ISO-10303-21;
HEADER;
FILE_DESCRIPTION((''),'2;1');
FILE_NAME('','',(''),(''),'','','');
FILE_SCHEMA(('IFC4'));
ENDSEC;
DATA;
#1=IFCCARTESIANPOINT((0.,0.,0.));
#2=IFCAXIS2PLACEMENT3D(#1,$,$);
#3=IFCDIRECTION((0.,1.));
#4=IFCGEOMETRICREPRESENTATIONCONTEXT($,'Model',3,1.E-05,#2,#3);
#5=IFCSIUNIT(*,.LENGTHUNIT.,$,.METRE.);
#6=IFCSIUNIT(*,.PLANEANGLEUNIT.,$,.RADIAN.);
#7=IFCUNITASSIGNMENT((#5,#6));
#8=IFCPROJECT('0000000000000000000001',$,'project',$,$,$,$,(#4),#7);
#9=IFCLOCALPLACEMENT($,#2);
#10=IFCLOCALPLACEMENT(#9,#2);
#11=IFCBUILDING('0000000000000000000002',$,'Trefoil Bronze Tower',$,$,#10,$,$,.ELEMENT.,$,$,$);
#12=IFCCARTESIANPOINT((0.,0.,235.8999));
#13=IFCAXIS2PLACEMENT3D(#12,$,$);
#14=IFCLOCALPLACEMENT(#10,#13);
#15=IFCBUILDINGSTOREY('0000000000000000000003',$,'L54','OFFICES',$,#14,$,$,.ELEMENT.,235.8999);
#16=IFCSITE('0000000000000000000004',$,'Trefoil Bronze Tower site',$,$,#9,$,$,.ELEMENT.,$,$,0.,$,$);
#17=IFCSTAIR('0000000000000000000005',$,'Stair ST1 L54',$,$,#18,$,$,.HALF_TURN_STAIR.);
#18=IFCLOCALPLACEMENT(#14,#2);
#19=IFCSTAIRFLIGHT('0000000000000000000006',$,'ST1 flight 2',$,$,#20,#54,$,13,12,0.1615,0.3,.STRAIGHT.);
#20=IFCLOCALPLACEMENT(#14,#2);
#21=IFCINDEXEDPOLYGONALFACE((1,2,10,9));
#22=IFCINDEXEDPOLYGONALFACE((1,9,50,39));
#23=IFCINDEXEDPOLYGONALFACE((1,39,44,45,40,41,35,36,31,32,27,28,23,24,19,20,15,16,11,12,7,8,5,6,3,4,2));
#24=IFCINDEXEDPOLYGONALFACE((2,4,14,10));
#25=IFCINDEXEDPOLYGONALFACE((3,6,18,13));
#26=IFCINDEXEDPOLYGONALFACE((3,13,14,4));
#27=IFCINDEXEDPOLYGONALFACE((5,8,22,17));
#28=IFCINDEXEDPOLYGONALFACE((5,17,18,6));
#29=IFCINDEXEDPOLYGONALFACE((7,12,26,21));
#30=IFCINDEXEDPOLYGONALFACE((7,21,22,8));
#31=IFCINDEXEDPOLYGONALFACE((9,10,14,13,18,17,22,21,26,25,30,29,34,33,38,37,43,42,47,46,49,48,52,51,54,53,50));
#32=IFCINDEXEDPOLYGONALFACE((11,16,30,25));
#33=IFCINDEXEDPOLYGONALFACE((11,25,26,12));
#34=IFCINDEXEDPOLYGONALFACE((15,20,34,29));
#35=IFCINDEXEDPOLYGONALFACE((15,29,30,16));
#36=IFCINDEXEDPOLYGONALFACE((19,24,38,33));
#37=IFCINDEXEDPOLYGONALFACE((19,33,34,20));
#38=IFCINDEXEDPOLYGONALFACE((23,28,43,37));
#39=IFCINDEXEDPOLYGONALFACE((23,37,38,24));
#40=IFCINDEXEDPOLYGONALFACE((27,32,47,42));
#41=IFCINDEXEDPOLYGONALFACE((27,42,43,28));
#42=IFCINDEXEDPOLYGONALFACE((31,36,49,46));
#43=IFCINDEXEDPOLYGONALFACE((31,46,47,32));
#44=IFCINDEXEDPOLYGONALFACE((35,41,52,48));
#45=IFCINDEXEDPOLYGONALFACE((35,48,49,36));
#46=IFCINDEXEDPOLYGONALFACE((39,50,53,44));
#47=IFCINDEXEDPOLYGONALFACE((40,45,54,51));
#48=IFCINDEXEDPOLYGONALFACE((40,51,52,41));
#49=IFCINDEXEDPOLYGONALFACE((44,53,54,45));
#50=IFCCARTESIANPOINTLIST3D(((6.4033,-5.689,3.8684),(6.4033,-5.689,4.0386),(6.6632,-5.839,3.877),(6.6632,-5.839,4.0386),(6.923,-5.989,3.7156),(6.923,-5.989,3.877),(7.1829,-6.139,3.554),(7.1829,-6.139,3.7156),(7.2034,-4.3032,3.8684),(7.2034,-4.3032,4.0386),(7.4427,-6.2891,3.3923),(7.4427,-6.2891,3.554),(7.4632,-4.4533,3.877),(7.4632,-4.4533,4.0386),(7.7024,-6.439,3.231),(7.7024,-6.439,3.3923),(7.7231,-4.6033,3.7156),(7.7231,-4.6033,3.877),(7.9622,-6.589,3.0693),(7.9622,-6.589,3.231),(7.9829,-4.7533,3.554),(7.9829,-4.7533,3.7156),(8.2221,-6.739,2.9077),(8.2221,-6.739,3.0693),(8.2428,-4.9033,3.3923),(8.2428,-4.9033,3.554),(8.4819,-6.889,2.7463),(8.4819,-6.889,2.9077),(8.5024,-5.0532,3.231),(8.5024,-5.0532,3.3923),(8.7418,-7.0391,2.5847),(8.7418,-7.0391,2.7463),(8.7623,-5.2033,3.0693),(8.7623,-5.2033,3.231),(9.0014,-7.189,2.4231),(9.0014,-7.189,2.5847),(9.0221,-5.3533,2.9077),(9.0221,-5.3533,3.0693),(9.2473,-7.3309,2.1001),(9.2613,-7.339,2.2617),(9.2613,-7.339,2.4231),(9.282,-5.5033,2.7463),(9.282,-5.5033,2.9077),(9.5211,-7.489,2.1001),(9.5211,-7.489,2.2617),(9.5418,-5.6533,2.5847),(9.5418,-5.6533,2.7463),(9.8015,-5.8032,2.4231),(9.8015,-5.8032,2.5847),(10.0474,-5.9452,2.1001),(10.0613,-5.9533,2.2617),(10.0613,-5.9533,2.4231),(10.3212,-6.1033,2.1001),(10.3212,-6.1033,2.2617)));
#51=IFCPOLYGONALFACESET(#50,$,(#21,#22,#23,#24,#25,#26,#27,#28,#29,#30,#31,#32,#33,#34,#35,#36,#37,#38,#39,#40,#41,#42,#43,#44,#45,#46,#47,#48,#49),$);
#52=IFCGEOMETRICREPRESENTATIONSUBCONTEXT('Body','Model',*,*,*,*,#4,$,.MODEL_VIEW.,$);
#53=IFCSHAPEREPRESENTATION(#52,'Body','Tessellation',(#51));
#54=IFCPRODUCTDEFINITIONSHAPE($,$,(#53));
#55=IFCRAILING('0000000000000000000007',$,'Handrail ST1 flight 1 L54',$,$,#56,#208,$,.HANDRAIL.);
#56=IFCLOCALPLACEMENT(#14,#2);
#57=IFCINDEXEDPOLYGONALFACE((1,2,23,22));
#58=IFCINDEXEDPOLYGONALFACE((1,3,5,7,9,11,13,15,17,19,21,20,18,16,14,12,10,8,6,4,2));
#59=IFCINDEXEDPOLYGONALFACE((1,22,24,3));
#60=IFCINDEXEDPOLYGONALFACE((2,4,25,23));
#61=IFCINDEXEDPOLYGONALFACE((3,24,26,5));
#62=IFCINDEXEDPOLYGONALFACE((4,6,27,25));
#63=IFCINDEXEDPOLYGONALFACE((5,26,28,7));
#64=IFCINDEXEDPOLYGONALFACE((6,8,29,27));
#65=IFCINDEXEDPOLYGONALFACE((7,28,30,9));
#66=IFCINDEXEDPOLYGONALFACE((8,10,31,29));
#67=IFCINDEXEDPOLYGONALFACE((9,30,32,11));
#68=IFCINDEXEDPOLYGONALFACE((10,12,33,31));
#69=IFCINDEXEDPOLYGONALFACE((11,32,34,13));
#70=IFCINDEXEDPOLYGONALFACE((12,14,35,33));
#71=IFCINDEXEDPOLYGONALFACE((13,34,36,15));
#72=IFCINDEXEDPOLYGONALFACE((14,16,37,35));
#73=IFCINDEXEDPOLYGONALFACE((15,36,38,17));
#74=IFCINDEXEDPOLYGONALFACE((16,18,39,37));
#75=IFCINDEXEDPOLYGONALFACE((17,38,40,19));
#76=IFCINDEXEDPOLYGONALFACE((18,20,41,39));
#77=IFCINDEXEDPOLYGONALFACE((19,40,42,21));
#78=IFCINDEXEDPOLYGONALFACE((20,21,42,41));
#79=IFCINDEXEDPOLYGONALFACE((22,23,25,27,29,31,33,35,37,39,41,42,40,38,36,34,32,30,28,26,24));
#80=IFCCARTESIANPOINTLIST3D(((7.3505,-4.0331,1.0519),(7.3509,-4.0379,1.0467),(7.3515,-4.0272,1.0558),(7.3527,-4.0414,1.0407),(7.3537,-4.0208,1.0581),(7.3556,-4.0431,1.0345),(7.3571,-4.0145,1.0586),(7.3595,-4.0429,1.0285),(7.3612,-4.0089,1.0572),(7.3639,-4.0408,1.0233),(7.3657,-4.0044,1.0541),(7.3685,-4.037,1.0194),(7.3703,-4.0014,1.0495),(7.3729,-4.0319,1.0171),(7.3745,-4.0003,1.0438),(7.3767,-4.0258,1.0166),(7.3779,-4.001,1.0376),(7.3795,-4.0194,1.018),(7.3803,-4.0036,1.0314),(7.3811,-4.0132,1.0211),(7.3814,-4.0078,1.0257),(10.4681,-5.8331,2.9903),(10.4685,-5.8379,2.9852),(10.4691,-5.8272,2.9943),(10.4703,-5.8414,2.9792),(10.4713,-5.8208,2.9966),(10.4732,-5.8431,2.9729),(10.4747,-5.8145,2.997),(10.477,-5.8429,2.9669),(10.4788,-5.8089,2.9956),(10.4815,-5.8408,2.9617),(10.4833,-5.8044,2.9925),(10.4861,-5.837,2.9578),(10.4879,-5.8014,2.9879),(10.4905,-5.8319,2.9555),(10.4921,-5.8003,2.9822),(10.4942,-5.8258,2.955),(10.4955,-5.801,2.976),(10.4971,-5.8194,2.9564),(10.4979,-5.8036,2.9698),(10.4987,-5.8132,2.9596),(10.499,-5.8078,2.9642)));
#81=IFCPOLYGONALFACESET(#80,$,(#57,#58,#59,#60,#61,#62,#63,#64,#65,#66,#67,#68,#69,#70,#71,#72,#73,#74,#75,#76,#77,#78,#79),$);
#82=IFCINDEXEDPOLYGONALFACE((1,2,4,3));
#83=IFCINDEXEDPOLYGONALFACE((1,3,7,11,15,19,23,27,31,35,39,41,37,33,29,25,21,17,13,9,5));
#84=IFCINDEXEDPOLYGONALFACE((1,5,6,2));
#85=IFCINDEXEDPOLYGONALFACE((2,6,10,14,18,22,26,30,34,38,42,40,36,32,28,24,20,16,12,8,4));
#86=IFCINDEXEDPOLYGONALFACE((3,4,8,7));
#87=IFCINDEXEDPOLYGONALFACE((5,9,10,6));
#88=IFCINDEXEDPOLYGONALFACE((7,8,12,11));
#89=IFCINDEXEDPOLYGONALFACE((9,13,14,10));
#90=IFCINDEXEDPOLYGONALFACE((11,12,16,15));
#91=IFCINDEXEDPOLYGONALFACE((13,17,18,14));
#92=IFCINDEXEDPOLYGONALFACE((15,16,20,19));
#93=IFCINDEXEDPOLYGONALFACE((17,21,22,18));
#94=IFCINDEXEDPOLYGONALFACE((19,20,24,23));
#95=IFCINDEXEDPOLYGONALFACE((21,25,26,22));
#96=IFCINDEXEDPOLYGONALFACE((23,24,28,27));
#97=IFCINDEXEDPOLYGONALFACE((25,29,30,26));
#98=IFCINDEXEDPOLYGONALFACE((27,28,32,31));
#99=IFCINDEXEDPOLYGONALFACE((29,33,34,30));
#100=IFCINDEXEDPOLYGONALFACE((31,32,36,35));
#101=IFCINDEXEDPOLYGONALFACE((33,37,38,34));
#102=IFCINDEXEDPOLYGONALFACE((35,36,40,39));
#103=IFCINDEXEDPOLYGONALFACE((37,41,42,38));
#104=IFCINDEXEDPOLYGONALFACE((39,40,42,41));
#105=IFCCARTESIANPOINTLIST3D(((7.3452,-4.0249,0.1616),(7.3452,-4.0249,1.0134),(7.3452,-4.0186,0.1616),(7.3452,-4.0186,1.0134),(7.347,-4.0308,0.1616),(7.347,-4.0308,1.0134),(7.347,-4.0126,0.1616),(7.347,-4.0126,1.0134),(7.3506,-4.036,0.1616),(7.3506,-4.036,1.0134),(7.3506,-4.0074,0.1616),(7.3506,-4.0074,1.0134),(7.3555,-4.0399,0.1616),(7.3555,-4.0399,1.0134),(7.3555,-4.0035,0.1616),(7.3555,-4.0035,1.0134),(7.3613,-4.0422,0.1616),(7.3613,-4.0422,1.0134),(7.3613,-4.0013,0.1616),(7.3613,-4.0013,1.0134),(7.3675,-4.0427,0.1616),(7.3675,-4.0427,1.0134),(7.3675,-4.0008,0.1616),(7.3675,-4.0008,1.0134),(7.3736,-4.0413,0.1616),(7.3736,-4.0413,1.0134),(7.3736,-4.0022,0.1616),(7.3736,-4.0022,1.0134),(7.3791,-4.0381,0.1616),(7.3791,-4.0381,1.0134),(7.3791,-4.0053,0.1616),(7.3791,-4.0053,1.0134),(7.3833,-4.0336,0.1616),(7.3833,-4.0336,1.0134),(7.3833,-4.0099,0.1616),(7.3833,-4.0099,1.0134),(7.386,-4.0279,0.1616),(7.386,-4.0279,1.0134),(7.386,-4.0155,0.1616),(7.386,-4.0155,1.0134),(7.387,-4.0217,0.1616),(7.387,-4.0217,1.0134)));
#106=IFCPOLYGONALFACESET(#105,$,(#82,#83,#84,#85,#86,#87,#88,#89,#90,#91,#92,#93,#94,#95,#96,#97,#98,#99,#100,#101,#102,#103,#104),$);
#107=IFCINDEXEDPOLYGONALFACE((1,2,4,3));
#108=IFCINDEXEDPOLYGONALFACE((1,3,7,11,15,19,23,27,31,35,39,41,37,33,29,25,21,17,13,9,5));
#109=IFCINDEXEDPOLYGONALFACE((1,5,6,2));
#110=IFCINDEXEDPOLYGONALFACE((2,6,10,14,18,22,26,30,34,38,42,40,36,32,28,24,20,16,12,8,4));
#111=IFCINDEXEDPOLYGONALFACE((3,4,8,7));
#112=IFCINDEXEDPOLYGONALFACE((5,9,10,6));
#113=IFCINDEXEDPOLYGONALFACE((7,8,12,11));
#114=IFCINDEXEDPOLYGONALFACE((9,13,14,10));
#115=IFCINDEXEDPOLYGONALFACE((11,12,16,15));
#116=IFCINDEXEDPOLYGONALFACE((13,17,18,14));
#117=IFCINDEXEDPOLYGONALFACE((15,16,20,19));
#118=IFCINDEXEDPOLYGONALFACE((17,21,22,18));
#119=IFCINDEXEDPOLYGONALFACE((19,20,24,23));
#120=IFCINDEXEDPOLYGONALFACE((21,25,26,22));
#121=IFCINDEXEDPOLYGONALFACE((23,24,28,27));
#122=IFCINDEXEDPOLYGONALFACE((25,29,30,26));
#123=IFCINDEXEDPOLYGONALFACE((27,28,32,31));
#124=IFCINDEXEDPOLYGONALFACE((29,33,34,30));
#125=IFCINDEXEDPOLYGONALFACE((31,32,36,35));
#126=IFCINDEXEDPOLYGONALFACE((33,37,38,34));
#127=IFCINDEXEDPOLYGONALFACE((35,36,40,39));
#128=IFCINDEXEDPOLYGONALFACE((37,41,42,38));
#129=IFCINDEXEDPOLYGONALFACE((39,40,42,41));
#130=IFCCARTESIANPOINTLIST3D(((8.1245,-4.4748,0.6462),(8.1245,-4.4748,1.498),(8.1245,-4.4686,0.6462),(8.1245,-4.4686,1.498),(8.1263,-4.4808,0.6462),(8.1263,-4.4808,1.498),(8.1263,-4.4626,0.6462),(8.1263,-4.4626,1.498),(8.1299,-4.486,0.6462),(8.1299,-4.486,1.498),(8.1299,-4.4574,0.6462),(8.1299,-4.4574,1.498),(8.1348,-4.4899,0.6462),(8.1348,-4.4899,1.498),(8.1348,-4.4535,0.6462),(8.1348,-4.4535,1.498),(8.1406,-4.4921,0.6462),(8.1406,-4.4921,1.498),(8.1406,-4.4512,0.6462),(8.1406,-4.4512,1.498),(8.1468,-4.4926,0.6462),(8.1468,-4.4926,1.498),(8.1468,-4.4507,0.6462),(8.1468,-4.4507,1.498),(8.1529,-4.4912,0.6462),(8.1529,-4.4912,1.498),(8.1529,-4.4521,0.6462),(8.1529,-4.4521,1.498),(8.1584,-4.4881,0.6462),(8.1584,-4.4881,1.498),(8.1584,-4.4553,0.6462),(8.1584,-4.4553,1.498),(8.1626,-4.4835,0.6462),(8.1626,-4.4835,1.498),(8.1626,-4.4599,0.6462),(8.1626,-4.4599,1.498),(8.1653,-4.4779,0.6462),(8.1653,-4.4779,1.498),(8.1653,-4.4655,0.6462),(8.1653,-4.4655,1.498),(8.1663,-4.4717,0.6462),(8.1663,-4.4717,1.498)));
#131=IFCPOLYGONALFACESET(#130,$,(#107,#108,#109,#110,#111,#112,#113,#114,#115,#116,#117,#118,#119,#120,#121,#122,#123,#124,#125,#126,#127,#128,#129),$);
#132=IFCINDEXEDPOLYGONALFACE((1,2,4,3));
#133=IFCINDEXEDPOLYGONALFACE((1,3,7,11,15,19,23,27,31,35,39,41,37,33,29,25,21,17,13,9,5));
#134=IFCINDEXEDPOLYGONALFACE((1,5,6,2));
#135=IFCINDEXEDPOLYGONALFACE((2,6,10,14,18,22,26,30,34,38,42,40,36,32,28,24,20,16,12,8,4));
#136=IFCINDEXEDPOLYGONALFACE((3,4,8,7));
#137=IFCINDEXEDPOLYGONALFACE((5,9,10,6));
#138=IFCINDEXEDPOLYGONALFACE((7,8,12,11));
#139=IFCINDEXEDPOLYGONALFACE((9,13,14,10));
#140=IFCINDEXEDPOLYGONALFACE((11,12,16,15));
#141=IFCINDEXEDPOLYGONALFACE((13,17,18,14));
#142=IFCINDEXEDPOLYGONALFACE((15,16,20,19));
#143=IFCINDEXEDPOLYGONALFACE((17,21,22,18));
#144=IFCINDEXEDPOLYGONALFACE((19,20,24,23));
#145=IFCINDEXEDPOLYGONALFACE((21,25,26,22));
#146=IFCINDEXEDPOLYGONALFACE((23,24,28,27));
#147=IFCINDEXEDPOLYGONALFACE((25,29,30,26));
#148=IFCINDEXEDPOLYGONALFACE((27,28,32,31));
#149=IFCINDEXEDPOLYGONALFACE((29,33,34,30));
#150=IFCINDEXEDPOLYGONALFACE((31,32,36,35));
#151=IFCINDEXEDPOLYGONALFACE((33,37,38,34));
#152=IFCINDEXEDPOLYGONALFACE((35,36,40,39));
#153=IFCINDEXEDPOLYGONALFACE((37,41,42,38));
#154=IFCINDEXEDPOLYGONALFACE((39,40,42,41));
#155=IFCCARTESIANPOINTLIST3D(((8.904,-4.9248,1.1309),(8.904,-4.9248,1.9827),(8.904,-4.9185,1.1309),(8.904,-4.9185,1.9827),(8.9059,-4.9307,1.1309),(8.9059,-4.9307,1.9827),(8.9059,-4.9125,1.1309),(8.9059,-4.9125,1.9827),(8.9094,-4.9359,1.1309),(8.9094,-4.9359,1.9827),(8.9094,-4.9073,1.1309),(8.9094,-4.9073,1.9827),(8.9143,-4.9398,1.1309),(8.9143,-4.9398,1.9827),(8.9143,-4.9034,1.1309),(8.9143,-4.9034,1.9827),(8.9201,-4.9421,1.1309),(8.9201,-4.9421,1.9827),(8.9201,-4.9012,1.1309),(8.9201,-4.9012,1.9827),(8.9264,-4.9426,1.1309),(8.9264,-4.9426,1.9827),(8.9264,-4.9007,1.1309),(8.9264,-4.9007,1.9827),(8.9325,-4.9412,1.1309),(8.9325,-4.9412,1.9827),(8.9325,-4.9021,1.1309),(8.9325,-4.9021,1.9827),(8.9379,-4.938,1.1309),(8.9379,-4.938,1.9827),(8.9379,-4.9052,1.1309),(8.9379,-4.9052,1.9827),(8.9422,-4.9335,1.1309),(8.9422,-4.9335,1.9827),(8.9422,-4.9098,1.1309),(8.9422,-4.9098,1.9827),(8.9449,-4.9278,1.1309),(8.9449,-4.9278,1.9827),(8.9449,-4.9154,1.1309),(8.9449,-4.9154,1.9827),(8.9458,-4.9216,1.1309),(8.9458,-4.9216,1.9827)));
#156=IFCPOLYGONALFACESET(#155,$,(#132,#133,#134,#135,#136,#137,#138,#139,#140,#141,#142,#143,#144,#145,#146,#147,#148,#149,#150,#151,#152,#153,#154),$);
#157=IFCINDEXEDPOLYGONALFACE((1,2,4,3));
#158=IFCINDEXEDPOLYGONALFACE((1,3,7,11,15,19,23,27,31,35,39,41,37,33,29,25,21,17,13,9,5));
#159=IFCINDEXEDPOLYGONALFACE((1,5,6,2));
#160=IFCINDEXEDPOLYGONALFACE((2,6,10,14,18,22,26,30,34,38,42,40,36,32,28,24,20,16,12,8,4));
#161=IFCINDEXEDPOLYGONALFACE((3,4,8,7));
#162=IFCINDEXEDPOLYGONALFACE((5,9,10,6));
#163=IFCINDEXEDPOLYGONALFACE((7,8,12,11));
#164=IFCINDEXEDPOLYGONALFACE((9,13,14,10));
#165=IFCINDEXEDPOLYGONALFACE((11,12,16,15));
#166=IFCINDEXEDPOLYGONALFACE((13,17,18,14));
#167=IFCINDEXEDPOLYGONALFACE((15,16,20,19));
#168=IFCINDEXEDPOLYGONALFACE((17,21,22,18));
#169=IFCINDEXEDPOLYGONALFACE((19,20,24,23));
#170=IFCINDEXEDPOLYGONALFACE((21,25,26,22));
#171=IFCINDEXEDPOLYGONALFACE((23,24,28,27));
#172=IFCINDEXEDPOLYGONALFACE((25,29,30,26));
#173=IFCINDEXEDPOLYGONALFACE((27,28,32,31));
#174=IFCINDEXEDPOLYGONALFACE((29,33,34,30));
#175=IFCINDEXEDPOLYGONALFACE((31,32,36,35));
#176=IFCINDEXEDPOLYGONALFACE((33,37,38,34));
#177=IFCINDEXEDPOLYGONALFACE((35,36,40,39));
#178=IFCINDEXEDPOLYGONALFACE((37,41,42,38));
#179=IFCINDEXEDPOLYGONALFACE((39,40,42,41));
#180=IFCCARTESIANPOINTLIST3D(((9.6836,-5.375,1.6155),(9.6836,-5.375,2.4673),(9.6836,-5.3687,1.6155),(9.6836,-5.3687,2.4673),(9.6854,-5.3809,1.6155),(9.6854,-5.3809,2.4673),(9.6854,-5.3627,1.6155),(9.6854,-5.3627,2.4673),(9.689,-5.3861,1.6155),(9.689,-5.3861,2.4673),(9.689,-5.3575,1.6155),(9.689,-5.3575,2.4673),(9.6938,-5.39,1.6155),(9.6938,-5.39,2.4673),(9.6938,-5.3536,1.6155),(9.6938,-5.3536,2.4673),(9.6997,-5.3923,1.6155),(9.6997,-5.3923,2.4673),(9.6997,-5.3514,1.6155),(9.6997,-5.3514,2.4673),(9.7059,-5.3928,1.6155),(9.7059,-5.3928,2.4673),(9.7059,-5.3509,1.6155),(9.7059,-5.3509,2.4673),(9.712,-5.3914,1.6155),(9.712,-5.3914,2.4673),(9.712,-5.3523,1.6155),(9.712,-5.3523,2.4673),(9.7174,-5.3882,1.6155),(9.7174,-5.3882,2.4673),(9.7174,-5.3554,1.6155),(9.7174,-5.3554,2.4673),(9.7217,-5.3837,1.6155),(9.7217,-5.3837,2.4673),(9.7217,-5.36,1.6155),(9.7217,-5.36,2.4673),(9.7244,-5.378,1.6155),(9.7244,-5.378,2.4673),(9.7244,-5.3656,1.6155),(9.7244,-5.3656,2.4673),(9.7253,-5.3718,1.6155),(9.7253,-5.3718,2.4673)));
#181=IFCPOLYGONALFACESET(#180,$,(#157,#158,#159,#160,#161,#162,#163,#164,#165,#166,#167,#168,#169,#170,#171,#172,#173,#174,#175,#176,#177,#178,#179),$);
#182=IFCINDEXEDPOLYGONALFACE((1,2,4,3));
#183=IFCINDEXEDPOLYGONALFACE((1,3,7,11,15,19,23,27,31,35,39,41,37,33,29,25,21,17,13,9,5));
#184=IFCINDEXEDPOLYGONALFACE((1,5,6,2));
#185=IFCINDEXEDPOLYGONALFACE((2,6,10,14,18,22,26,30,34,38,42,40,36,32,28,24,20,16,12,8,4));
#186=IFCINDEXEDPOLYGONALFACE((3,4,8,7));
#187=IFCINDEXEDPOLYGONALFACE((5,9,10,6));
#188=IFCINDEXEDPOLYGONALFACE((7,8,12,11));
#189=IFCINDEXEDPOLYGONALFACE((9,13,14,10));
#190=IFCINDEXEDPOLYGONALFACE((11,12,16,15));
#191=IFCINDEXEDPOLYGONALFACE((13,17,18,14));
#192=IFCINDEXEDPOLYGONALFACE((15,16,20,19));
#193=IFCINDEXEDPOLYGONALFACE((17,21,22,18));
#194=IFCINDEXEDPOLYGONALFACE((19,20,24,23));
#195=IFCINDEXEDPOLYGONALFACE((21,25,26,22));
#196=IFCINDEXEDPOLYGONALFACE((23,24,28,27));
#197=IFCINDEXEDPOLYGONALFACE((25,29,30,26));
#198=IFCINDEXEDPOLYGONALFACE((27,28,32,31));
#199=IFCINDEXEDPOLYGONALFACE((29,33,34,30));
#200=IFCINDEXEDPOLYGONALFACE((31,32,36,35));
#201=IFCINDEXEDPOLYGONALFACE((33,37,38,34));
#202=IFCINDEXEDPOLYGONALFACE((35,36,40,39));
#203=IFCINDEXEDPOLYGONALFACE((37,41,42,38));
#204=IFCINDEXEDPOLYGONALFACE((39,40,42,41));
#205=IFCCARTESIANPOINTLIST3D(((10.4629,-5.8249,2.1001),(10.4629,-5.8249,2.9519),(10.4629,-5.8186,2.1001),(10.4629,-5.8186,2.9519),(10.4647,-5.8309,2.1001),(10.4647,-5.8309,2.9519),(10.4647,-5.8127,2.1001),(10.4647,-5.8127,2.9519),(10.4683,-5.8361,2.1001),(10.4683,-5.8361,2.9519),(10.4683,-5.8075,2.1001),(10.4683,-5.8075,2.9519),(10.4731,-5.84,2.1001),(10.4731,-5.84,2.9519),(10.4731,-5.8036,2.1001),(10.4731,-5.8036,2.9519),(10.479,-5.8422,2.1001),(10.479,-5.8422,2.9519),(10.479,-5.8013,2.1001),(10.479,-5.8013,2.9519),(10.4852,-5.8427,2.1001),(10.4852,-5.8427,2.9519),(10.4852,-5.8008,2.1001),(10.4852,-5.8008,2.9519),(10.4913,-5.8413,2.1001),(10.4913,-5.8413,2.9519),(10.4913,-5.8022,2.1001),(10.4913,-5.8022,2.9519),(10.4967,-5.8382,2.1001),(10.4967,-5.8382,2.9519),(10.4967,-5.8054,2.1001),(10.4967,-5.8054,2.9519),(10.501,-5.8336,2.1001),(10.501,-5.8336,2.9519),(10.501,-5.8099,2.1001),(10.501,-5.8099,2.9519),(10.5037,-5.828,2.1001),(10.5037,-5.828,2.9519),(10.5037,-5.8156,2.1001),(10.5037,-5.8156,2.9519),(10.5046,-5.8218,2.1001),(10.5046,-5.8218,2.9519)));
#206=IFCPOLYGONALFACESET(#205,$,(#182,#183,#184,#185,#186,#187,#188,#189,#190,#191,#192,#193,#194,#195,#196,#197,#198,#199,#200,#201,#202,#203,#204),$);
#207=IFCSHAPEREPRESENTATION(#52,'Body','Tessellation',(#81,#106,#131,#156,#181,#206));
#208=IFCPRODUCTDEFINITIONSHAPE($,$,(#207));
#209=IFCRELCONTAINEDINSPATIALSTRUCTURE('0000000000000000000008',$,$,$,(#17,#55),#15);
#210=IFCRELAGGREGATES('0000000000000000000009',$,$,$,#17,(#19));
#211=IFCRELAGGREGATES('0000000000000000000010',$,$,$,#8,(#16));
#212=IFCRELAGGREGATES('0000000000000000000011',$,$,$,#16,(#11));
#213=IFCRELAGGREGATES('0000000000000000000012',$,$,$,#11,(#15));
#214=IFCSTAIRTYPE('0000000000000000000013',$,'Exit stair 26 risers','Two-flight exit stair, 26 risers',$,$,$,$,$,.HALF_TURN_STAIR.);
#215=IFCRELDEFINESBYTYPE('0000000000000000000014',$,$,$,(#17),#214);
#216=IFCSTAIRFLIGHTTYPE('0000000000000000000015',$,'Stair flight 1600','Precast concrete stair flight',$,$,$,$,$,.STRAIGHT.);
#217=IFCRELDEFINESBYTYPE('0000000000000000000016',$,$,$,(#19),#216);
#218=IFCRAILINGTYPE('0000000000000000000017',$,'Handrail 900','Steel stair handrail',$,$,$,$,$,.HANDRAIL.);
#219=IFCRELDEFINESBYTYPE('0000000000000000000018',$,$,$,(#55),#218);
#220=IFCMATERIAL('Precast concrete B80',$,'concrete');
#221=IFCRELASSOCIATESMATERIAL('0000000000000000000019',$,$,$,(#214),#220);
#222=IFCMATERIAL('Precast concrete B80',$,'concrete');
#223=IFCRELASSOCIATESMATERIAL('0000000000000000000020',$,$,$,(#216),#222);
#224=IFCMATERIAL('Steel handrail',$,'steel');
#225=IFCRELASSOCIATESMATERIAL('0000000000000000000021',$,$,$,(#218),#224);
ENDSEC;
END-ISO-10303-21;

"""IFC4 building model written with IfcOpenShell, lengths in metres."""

from ifc_helpers import new_model, si_unit, direction, frame, origin, origin_2d, place, context, subcontext, project, spatial, polyline, circle, outline, extrude, material, type_object, element, aggregate, save


model = new_model("IFC4")

# Units and contexts
model_context = context("Model", 3, precision=1e-05, world=origin(), true_north=direction((0.0, 1.0)))
body_context = subcontext(model_context, "Body", "Model", "MODEL_VIEW")
ifc_project = project(units=[si_unit("LENGTHUNIT", "METRE"), si_unit("PLANEANGLEUNIT", "RADIAN")], contexts=[model_context])

# Site, building, storey
site_placement = place(None, origin())
site = spatial("IfcSite", under=ifc_project, at=site_placement, Name="Trefoil Bronze Tower site", CompositionType="ELEMENT", RefElevation=0.0)
building_placement = place(site_placement, origin())
building = spatial("IfcBuilding", under=site, at=building_placement, Name="Trefoil Bronze Tower", CompositionType="ELEMENT")
storey_placement = place(building_placement, frame((0.0, 0.0, 235.8999)))
storey = spatial("IfcBuildingStorey", under=building, at=storey_placement, Name="L54", Description="OFFICES", CompositionType="ELEMENT", Elevation=235.8999)

# Stair, stair flight
ifc_material_1 = material(Name="Precast concrete B80", Category="concrete")
stair_type = type_object("IfcStairType", Name="Exit stair 26 risers", Description="Two-flight exit stair, 26 risers", PredefinedType="HALF_TURN_STAIR", material=ifc_material_1)
stair_placement = place(storey_placement, origin())
stair = element("IfcStair", 1, at=stair_placement, inside=storey, type_object=stair_type, Name="Stair ST1 L54", PredefinedType="HALF_TURN_STAIR")
ifc_material_2 = material(Name="Precast concrete B80", Category="concrete")
stair_flight_type = type_object("IfcStairFlightType", Name="Stair flight 1600", Description="Precast concrete stair flight", PredefinedType="STRAIGHT", material=ifc_material_2)
stair_flight_1_placement = place(storey_placement, frame((9.9211, -6.7961, 2.1001), z_axis=(0.0, 0.0, 1.0), x_axis=(-0.866025, 0.5, 0.0)))
stair_flight_1 = element("IfcStairFlight", 2, at=stair_flight_1_placement, type_object=stair_flight_type, Name="ST1 flight 2", NumberOfRisers=13, NumberOfTreads=12, PredefinedType="STRAIGHT", RiserHeight=0.1615, TreadLength=0.3, context=body_context, shape_type="SweptSolid", body=[
    extrude(outline(polyline([(0.0, 0.0), (0.0, 0.1616), (0.3, 0.1616), (0.3, 0.323), (0.6001, 0.323), (0.6001, 0.4846), (0.8999, 0.4846), (0.8999, 0.6462), (1.2, 0.6462), (1.2, 0.8076), (1.5, 0.8076), (1.5, 0.9692), (1.8, 0.9692), (1.8, 1.1309), (2.1001, 1.1309), (2.1001, 1.2922), (2.3999, 1.2922), (2.3999, 1.4539), (2.7, 1.4539), (2.7, 1.6155), (3.0, 1.6155), (3.0, 1.7769), (3.3, 1.7769), (3.3, 1.9385), (3.6001, 1.9385), (3.6001, 2.1001), (3.6001, 1.7683), (0.3162, 0.0), (0.0, 0.0)])), frame((0.0, 0.8, 0.0), z_axis=(0.0, -1.0, 0.0), x_axis=(1.0, 0.0, 0.0)), (0.0, 0.0, 1.0), 1.6001),
])
aggregate(stair, [stair_flight_1])

# Railing
ifc_material_3 = material(Name="Steel handrail", Category="steel")
railing_type = type_object("IfcRailingType", Name="Handrail 900", Description="Steel stair handrail", PredefinedType="HANDRAIL", material=ifc_material_3)
railing_1_placement = place(storey_placement, frame((7.366, -4.0217, 0.1616)))
element("IfcRailing", 3, at=railing_1_placement, inside=storey, type_object=railing_type, Name="Handrail ST1 flight 1 L54", PredefinedType="HANDRAIL", context=body_context, shape_type="SweptSolid", body=[
    extrude(circle(Radius=0.0239, at=origin_2d()), frame((0.0, 0.0, 0.876), z_axis=(0.762503, -0.440246, 0.474102), x_axis=(0.500012, 0.866018, 0.0)), (0.0, 0.0, 1.0), 4.0886),
    extrude(circle(Radius=0.021, at=origin_2d()), origin(), (0.0, 0.0, 1.0), 0.8518),
    extrude(circle(Radius=0.021, at=origin_2d()), frame((0.7793, -0.45, 0.4846)), (0.0, 0.0, 1.0), 0.8518),
    extrude(circle(Radius=0.021, at=origin_2d()), frame((1.5588, -0.8999, 0.9692)), (0.0, 0.0, 1.0), 0.8518),
    extrude(circle(Radius=0.021, at=origin_2d()), frame((2.3384, -1.3501, 1.4539)), (0.0, 0.0, 1.0), 0.8518),
    extrude(circle(Radius=0.021, at=origin_2d()), frame((3.1177, -1.8, 1.9385)), (0.0, 0.0, 1.0), 0.8518),
])

save(model, "model.ifc")
